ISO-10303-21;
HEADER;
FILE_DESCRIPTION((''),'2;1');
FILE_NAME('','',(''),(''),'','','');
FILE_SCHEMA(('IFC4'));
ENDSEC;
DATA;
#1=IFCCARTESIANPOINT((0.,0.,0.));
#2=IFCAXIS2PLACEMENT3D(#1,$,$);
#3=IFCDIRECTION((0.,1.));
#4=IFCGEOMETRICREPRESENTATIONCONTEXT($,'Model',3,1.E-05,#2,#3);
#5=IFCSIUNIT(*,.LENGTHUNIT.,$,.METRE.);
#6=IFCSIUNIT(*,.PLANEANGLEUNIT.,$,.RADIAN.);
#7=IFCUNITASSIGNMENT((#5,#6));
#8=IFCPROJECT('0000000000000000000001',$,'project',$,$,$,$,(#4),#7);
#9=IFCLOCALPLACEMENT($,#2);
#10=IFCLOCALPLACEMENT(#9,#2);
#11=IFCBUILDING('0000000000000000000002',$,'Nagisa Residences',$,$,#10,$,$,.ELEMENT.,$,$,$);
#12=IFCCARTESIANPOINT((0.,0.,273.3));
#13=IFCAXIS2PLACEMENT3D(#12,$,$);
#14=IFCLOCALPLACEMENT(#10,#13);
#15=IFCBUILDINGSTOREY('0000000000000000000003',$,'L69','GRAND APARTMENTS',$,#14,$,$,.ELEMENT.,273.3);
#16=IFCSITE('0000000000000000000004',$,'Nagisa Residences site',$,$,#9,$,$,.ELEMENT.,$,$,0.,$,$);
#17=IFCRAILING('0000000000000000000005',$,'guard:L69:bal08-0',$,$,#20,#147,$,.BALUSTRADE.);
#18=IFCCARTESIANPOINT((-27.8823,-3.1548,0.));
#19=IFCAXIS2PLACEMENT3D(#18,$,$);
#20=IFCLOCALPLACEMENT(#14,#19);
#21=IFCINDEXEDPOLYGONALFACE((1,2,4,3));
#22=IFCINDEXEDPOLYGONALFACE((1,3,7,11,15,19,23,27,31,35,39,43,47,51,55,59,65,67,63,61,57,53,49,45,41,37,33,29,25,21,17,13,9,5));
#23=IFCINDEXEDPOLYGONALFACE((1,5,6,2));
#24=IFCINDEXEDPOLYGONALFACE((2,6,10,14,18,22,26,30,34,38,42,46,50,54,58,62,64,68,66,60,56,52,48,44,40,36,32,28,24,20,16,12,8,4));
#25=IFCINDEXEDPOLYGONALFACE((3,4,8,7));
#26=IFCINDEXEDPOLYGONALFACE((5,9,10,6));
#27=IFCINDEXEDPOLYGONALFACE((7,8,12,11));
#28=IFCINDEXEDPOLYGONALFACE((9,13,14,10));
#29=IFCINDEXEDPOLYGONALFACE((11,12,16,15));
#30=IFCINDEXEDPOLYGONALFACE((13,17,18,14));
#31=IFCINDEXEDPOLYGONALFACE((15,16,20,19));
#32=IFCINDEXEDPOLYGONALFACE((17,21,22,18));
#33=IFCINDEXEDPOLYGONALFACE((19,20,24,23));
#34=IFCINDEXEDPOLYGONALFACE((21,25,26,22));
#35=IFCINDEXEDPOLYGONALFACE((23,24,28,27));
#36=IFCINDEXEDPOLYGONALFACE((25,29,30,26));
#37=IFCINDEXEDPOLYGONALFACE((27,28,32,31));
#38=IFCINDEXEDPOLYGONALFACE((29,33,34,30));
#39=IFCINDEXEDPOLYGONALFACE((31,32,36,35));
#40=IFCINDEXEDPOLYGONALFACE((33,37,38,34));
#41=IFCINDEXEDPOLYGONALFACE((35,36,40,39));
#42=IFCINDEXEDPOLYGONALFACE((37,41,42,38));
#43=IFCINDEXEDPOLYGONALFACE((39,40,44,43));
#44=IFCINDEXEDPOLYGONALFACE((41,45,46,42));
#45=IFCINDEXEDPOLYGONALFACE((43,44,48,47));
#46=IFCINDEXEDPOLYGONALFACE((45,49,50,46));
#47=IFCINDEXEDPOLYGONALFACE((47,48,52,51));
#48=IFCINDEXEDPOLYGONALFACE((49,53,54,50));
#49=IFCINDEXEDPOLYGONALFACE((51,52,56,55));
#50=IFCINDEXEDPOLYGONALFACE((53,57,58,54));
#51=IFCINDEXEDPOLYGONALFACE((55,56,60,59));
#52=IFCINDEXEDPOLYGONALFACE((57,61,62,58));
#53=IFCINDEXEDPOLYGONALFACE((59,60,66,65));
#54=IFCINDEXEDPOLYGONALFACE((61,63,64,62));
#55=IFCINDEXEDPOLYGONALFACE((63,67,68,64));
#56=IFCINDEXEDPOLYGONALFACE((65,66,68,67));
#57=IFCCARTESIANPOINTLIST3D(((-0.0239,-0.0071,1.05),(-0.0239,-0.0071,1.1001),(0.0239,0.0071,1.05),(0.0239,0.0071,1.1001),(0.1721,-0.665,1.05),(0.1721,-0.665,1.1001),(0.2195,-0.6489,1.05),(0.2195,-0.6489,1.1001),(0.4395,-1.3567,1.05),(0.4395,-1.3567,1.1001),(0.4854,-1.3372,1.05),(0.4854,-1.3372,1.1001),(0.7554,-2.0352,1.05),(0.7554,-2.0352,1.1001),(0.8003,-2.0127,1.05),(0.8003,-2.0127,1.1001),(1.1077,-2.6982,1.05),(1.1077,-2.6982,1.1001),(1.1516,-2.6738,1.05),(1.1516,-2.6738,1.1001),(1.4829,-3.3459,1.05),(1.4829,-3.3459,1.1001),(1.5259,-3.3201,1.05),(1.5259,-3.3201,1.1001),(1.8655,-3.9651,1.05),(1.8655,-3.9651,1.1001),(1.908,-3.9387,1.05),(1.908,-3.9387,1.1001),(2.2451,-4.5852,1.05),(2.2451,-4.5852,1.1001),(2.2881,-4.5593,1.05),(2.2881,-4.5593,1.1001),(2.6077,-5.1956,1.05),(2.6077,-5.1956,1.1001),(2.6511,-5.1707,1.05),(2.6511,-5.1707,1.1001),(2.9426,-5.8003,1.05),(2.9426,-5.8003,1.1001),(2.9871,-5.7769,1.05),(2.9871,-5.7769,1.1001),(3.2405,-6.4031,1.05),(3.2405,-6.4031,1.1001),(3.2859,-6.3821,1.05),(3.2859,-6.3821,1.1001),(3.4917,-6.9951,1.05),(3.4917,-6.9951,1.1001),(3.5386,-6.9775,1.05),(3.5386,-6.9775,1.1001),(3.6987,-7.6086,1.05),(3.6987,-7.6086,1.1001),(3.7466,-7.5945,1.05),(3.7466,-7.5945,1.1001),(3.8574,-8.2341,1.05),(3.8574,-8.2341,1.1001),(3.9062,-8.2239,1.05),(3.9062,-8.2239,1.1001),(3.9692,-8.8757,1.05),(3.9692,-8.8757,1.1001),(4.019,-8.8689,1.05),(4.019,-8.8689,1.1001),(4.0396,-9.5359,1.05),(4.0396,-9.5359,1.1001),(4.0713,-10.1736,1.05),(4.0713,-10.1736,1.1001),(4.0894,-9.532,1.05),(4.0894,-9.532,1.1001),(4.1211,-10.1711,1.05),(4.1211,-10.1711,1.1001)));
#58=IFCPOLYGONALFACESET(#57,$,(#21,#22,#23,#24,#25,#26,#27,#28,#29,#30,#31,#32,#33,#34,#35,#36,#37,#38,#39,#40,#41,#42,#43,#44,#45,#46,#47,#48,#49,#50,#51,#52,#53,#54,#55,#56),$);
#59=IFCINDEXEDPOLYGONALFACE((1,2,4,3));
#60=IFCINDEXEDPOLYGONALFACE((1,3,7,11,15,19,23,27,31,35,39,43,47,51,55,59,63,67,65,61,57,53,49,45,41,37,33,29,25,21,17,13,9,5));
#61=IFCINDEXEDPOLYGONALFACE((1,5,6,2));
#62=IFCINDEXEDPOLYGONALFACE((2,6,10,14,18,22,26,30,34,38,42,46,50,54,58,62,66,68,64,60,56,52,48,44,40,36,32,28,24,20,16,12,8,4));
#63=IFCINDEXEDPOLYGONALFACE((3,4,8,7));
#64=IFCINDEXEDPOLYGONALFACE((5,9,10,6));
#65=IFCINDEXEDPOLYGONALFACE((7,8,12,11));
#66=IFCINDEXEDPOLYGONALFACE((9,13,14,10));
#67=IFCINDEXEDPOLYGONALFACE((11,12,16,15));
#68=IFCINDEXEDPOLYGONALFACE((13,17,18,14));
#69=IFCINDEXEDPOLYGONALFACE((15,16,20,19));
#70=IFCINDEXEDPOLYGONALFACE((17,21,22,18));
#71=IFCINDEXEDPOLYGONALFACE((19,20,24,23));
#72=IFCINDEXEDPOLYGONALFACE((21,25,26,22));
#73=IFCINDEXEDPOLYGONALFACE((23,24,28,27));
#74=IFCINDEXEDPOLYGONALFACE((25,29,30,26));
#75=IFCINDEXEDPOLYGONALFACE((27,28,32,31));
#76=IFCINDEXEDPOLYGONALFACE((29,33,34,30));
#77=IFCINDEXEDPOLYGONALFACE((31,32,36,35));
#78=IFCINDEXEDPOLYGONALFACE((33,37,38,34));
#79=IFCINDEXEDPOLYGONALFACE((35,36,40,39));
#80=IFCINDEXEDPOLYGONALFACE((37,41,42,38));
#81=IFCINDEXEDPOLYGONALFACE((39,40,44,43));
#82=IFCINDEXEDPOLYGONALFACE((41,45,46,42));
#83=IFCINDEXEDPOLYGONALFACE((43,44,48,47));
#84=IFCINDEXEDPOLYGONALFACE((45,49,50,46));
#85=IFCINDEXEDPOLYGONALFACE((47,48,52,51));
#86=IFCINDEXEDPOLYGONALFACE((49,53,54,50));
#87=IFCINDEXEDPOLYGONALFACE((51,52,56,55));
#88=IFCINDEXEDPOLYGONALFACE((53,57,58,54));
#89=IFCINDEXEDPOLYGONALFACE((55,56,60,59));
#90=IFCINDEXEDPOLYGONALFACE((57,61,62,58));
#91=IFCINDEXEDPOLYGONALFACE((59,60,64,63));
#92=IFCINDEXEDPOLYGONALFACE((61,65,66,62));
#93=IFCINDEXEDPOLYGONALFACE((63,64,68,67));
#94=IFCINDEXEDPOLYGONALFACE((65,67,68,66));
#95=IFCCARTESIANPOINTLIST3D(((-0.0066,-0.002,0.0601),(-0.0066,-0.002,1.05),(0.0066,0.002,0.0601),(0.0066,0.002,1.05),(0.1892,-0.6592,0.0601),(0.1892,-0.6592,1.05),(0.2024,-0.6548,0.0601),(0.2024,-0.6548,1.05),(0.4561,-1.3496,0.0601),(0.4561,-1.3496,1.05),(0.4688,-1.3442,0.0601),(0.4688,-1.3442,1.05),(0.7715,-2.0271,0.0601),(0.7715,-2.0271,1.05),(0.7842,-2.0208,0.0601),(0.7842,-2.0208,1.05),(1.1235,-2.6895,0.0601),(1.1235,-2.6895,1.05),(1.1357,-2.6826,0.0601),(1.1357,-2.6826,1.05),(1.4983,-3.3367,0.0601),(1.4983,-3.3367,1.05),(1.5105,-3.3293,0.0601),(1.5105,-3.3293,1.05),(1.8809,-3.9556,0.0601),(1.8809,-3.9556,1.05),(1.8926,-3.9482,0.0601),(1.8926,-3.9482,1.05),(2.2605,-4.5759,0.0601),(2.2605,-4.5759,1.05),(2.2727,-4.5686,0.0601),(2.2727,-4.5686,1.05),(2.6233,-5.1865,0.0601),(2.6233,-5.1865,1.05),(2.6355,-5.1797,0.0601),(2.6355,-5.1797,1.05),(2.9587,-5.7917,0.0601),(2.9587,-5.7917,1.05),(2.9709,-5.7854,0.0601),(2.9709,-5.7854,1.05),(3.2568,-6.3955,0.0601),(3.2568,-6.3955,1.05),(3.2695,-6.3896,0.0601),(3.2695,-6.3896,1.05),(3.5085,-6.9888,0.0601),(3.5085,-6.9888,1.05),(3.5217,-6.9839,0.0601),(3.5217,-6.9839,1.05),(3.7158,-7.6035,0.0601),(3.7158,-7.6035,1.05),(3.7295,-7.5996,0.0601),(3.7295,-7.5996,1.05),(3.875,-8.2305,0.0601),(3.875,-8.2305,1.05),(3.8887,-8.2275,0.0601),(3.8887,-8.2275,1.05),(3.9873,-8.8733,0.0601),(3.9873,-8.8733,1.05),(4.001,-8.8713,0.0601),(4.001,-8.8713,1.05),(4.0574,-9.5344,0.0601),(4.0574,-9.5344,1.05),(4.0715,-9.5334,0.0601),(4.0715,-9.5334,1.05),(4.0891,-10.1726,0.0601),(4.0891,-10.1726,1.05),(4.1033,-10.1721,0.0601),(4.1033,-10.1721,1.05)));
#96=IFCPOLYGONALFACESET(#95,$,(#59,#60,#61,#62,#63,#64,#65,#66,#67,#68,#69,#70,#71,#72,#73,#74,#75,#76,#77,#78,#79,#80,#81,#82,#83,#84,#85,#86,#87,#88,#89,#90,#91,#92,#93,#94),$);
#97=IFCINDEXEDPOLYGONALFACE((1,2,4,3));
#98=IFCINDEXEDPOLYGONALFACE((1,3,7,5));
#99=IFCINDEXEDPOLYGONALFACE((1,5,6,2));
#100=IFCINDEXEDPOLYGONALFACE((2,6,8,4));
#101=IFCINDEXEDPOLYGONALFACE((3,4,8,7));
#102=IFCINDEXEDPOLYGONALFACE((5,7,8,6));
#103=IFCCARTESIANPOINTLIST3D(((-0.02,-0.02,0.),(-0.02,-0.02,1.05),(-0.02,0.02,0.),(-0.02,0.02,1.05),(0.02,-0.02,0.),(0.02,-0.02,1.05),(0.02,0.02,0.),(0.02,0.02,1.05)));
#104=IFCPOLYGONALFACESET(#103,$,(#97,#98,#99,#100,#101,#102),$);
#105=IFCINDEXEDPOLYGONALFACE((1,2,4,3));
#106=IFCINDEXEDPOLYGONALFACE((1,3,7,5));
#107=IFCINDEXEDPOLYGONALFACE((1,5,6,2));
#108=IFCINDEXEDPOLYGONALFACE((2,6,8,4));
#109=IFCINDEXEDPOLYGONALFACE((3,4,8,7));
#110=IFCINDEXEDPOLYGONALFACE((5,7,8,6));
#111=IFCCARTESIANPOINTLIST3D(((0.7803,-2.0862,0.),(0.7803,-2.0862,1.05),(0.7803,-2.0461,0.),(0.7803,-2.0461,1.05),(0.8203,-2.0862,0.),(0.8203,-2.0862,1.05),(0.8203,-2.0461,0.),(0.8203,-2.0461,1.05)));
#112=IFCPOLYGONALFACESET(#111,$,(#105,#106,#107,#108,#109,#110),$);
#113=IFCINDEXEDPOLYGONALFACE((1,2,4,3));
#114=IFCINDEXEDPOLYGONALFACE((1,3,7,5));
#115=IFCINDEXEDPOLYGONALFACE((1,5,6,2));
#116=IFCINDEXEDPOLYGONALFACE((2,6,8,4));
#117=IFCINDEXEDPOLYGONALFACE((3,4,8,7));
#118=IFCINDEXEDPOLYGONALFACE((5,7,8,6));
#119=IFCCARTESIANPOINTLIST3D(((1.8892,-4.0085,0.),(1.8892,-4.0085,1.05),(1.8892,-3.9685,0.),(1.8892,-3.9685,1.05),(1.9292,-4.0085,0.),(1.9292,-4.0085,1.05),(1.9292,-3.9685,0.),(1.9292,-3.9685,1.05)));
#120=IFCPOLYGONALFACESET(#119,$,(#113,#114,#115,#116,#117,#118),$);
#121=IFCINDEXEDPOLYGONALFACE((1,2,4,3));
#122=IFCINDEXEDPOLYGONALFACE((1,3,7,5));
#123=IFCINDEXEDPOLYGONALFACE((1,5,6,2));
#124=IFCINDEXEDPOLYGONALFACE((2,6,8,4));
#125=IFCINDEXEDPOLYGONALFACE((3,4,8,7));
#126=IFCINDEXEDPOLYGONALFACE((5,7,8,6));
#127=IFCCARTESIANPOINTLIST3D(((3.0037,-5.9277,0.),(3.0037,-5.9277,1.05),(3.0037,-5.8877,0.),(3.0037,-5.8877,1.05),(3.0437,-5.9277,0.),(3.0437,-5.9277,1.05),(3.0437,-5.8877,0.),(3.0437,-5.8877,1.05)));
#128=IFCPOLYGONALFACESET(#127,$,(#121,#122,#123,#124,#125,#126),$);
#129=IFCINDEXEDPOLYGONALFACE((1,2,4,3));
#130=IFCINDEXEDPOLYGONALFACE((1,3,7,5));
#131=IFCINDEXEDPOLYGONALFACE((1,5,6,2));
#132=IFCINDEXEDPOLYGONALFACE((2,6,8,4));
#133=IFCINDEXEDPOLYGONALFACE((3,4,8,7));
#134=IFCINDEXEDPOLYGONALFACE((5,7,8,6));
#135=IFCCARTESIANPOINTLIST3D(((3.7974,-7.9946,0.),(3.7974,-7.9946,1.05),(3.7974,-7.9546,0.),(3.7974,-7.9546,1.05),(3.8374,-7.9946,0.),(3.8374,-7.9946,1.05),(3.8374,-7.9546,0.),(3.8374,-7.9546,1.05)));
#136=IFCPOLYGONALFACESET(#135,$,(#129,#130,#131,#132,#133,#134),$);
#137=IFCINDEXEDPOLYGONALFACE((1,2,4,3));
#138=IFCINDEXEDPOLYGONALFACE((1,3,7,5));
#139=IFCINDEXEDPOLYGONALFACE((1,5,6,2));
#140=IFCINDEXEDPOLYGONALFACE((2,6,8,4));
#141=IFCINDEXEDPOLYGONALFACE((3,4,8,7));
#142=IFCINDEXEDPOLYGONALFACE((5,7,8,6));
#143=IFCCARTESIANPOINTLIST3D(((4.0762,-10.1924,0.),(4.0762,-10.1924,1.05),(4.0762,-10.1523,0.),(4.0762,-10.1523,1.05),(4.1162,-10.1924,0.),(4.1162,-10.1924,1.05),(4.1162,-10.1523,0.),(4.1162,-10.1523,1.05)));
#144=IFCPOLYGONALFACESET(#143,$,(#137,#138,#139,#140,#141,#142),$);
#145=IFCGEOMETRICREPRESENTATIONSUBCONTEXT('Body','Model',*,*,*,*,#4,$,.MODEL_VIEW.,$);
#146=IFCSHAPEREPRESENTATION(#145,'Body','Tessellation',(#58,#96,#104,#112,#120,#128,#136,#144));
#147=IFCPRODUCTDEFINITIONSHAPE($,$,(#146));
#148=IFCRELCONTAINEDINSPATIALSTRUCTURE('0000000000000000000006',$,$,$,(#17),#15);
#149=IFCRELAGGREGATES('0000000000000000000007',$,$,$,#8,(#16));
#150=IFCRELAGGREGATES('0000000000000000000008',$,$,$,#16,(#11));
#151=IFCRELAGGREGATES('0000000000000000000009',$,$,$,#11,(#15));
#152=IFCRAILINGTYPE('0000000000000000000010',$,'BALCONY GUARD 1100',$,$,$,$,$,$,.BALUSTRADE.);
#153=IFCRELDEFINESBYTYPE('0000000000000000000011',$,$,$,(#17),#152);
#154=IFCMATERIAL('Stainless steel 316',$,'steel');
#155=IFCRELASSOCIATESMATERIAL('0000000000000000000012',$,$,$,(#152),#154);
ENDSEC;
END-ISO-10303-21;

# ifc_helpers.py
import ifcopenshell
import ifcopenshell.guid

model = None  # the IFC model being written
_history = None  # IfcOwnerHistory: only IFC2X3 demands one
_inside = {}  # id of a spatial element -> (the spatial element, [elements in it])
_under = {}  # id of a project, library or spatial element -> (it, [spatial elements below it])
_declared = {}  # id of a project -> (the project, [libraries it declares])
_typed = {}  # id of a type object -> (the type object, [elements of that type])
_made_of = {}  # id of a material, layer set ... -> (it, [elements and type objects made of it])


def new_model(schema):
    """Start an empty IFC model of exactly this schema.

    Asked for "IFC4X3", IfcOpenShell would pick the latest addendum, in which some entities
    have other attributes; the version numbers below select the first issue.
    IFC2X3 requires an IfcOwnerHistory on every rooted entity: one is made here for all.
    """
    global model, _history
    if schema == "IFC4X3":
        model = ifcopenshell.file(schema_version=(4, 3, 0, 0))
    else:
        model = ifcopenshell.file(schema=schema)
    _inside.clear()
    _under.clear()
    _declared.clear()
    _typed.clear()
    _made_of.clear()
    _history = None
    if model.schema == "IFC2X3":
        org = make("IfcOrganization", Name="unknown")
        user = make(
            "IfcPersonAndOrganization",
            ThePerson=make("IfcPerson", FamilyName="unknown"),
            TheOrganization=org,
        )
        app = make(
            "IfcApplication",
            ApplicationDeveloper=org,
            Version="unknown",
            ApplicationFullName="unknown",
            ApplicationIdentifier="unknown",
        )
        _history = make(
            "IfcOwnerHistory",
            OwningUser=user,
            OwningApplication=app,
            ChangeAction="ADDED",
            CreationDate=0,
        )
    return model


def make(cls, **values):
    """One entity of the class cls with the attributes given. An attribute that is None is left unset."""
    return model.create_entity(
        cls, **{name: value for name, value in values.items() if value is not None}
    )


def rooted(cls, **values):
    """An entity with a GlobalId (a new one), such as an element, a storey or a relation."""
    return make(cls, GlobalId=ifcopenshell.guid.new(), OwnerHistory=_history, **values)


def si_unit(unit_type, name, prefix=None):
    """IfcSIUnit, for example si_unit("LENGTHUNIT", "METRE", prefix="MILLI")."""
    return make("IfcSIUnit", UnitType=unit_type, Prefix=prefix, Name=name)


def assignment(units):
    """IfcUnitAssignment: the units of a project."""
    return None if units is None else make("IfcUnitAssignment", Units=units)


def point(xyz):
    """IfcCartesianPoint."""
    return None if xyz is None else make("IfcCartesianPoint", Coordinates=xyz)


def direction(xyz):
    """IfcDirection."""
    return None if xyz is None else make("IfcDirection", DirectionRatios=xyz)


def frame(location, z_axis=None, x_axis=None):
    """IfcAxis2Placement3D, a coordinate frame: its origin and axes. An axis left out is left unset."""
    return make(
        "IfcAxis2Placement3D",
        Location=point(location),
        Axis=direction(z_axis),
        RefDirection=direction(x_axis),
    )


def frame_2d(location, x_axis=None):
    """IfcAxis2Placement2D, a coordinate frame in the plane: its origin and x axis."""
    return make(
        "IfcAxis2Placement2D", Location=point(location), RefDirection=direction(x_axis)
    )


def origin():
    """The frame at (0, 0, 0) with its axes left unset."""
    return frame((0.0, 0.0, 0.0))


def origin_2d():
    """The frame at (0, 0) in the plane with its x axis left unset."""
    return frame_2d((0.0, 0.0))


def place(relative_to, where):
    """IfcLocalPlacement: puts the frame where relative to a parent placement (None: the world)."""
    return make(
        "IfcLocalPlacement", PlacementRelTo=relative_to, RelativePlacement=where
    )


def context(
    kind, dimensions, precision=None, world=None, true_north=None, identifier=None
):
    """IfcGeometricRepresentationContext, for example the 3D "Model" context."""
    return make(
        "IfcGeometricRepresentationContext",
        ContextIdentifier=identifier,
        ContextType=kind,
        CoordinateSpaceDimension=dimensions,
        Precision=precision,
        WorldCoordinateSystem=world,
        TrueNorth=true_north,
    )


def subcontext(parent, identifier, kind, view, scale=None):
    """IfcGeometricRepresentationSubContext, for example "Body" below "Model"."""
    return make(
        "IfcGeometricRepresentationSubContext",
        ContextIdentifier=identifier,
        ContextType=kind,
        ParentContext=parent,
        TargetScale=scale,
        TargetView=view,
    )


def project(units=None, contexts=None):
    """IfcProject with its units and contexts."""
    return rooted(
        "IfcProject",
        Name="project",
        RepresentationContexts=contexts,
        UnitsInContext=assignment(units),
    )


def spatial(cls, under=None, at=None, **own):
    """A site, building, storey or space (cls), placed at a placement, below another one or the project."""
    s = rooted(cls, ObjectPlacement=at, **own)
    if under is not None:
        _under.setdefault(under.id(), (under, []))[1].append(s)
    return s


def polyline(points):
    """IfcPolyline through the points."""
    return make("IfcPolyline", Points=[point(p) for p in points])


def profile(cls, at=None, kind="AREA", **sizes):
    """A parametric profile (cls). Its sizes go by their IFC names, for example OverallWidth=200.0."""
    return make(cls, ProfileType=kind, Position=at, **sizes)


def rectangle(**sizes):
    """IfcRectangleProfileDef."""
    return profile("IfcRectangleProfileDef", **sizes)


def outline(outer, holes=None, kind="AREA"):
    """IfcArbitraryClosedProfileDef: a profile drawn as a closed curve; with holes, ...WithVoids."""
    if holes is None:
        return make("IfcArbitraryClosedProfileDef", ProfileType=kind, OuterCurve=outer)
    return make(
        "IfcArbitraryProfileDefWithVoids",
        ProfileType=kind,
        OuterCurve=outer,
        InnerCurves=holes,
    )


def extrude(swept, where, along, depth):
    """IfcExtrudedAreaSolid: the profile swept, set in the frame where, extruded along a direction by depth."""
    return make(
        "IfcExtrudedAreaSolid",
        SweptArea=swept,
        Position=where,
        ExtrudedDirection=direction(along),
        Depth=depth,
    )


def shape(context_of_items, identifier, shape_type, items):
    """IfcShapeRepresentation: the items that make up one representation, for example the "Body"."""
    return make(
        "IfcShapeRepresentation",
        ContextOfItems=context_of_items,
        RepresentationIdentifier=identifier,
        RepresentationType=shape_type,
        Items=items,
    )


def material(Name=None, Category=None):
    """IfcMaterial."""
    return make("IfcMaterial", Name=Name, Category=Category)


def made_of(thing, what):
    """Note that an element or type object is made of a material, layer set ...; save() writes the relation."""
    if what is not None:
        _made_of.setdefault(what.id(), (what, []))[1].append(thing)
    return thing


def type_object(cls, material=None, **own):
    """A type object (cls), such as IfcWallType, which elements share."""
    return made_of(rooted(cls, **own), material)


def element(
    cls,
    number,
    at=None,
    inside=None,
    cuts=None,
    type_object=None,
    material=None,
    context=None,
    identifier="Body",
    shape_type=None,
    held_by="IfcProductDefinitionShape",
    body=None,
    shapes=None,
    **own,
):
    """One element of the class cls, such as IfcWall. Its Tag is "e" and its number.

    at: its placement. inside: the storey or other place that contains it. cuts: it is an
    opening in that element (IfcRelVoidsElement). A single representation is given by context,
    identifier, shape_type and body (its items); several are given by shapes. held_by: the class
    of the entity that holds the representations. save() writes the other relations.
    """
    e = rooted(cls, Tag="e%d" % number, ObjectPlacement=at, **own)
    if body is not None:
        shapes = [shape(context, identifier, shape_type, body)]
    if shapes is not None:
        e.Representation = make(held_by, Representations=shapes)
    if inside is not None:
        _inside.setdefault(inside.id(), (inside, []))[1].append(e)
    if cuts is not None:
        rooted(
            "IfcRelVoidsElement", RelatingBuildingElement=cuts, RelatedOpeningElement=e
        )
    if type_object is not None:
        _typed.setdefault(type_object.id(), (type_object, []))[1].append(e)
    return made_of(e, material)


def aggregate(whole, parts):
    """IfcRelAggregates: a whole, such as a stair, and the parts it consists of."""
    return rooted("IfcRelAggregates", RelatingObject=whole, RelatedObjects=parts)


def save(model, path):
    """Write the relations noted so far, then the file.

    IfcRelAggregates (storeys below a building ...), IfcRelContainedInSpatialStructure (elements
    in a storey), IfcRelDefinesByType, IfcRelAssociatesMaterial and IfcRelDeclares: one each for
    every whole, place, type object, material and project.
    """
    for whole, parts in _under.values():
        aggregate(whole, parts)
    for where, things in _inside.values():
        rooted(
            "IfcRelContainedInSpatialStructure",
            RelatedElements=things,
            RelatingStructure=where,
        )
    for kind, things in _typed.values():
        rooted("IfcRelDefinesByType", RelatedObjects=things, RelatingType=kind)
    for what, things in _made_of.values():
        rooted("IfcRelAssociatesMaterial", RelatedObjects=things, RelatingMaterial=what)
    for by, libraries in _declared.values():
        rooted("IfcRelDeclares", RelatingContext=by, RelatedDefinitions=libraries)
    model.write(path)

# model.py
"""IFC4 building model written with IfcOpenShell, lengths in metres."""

from ifc_helpers import new_model, si_unit, direction, frame, origin, origin_2d, place, context, subcontext, project, spatial, polyline, rectangle, outline, extrude, material, type_object, element, save


model = new_model("IFC4")

# Units and contexts
model_context = context("Model", 3, precision=1e-05, world=origin(), true_north=direction((0.0, 1.0)))
body_context = subcontext(model_context, "Body", "Model", "MODEL_VIEW")
ifc_project = project(units=[si_unit("LENGTHUNIT", "METRE"), si_unit("PLANEANGLEUNIT", "RADIAN")], contexts=[model_context])

# Site, building, storey
site_placement = place(None, origin())
site = spatial("IfcSite", under=ifc_project, at=site_placement, Name="Nagisa Residences site", CompositionType="ELEMENT", RefElevation=0.0)
building_placement = place(site_placement, origin())
building = spatial("IfcBuilding", under=site, at=building_placement, Name="Nagisa Residences", CompositionType="ELEMENT")
storey_placement = place(building_placement, frame((0.0, 0.0, 273.3)))
storey = spatial("IfcBuildingStorey", under=building, at=storey_placement, Name="L69", Description="GRAND APARTMENTS", CompositionType="ELEMENT", Elevation=273.3)

# Railing
ifc_material_1 = material(Name="Stainless steel 316", Category="steel")
railing_type = type_object("IfcRailingType", Name="BALCONY GUARD 1100", PredefinedType="BALUSTRADE", material=ifc_material_1)
railing_1_placement = place(storey_placement, frame((-27.8823, -3.1548, 0.0)))
element("IfcRailing", 1, at=railing_1_placement, inside=storey, type_object=railing_type, Name="guard:L69:bal08-0", PredefinedType="BALUSTRADE", context=body_context, shape_type="SweptSolid", body=[
    extrude(outline(polyline([(0.2195, -0.6489), (0.0239, 0.0071), (-0.0239, -0.0071), (0.1721, -0.665), (0.4395, -1.3567), (0.7554, -2.0352), (1.1077, -2.6982), (1.4829, -3.3459), (1.8655, -3.9651), (2.2451, -4.5852), (2.6077, -5.1956), (2.9426, -5.8003), (3.2405, -6.4031), (3.4917, -6.9951), (3.6987, -7.6086), (3.8574, -8.2341), (3.9692, -8.8757), (4.0396, -9.5359), (4.0713, -10.1736), (4.1211, -10.1711), (4.0894, -9.532), (4.019, -8.8689), (3.9062, -8.2239), (3.7466, -7.5945), (3.5386, -6.9775), (3.2859, -6.3821), (2.9871, -5.7769), (2.6511, -5.1707), (2.2881, -4.5593), (1.908, -3.9387), (1.5259, -3.3201), (1.1516, -2.6738), (0.8003, -2.0127), (0.4854, -1.3372), (0.2195, -0.6489)])), frame((0.0, 0.0, 1.05)), (0.0, 0.0, 1.0), 0.05),
    extrude(outline(polyline([(0.2024, -0.6548), (0.0066, 0.002), (-0.0066, -0.002), (0.1892, -0.6592), (0.4561, -1.3496), (0.7715, -2.0271), (1.1235, -2.6895), (1.4983, -3.3367), (1.8809, -3.9556), (2.2605, -4.5759), (2.6233, -5.1865), (2.9587, -5.7917), (3.2568, -6.3955), (3.5085, -6.9888), (3.7158, -7.6035), (3.875, -8.2305), (3.9873, -8.8733), (4.0574, -9.5344), (4.0891, -10.1726), (4.1033, -10.1721), (4.0715, -9.5334), (4.001, -8.8713), (3.8887, -8.2275), (3.7295, -7.5996), (3.5217, -6.9839), (3.2695, -6.3896), (2.9709, -5.7854), (2.6355, -5.1797), (2.2727, -4.5686), (1.8926, -3.9482), (1.5105, -3.3293), (1.1357, -2.6826), (0.7842, -2.0208), (0.4688, -1.3442), (0.2024, -0.6548)])), frame((0.0, 0.0, 0.0601)), (0.0, 0.0, 1.0), 0.99),
    extrude(rectangle(XDim=0.04, YDim=0.04, at=origin_2d()), origin(), (0.0, 0.0, 1.0), 1.05),
    extrude(rectangle(XDim=0.04, YDim=0.04, at=origin_2d()), frame((0.8003, -2.0662, 0.0)), (0.0, 0.0, 1.0), 1.05),
    extrude(rectangle(XDim=0.04, YDim=0.04, at=origin_2d()), frame((1.9092, -3.9885, 0.0)), (0.0, 0.0, 1.0), 1.05),
    extrude(rectangle(XDim=0.04, YDim=0.04, at=origin_2d()), frame((3.0237, -5.9077, 0.0)), (0.0, 0.0, 1.0), 1.05),
    extrude(rectangle(XDim=0.04, YDim=0.04, at=origin_2d()), frame((3.8174, -7.9746, 0.0)), (0.0, 0.0, 1.0), 1.05),
    extrude(rectangle(XDim=0.04, YDim=0.04, at=origin_2d()), frame((4.0962, -10.1724, 0.0)), (0.0, 0.0, 1.0), 1.05),
])

save(model, "model.ifc")
